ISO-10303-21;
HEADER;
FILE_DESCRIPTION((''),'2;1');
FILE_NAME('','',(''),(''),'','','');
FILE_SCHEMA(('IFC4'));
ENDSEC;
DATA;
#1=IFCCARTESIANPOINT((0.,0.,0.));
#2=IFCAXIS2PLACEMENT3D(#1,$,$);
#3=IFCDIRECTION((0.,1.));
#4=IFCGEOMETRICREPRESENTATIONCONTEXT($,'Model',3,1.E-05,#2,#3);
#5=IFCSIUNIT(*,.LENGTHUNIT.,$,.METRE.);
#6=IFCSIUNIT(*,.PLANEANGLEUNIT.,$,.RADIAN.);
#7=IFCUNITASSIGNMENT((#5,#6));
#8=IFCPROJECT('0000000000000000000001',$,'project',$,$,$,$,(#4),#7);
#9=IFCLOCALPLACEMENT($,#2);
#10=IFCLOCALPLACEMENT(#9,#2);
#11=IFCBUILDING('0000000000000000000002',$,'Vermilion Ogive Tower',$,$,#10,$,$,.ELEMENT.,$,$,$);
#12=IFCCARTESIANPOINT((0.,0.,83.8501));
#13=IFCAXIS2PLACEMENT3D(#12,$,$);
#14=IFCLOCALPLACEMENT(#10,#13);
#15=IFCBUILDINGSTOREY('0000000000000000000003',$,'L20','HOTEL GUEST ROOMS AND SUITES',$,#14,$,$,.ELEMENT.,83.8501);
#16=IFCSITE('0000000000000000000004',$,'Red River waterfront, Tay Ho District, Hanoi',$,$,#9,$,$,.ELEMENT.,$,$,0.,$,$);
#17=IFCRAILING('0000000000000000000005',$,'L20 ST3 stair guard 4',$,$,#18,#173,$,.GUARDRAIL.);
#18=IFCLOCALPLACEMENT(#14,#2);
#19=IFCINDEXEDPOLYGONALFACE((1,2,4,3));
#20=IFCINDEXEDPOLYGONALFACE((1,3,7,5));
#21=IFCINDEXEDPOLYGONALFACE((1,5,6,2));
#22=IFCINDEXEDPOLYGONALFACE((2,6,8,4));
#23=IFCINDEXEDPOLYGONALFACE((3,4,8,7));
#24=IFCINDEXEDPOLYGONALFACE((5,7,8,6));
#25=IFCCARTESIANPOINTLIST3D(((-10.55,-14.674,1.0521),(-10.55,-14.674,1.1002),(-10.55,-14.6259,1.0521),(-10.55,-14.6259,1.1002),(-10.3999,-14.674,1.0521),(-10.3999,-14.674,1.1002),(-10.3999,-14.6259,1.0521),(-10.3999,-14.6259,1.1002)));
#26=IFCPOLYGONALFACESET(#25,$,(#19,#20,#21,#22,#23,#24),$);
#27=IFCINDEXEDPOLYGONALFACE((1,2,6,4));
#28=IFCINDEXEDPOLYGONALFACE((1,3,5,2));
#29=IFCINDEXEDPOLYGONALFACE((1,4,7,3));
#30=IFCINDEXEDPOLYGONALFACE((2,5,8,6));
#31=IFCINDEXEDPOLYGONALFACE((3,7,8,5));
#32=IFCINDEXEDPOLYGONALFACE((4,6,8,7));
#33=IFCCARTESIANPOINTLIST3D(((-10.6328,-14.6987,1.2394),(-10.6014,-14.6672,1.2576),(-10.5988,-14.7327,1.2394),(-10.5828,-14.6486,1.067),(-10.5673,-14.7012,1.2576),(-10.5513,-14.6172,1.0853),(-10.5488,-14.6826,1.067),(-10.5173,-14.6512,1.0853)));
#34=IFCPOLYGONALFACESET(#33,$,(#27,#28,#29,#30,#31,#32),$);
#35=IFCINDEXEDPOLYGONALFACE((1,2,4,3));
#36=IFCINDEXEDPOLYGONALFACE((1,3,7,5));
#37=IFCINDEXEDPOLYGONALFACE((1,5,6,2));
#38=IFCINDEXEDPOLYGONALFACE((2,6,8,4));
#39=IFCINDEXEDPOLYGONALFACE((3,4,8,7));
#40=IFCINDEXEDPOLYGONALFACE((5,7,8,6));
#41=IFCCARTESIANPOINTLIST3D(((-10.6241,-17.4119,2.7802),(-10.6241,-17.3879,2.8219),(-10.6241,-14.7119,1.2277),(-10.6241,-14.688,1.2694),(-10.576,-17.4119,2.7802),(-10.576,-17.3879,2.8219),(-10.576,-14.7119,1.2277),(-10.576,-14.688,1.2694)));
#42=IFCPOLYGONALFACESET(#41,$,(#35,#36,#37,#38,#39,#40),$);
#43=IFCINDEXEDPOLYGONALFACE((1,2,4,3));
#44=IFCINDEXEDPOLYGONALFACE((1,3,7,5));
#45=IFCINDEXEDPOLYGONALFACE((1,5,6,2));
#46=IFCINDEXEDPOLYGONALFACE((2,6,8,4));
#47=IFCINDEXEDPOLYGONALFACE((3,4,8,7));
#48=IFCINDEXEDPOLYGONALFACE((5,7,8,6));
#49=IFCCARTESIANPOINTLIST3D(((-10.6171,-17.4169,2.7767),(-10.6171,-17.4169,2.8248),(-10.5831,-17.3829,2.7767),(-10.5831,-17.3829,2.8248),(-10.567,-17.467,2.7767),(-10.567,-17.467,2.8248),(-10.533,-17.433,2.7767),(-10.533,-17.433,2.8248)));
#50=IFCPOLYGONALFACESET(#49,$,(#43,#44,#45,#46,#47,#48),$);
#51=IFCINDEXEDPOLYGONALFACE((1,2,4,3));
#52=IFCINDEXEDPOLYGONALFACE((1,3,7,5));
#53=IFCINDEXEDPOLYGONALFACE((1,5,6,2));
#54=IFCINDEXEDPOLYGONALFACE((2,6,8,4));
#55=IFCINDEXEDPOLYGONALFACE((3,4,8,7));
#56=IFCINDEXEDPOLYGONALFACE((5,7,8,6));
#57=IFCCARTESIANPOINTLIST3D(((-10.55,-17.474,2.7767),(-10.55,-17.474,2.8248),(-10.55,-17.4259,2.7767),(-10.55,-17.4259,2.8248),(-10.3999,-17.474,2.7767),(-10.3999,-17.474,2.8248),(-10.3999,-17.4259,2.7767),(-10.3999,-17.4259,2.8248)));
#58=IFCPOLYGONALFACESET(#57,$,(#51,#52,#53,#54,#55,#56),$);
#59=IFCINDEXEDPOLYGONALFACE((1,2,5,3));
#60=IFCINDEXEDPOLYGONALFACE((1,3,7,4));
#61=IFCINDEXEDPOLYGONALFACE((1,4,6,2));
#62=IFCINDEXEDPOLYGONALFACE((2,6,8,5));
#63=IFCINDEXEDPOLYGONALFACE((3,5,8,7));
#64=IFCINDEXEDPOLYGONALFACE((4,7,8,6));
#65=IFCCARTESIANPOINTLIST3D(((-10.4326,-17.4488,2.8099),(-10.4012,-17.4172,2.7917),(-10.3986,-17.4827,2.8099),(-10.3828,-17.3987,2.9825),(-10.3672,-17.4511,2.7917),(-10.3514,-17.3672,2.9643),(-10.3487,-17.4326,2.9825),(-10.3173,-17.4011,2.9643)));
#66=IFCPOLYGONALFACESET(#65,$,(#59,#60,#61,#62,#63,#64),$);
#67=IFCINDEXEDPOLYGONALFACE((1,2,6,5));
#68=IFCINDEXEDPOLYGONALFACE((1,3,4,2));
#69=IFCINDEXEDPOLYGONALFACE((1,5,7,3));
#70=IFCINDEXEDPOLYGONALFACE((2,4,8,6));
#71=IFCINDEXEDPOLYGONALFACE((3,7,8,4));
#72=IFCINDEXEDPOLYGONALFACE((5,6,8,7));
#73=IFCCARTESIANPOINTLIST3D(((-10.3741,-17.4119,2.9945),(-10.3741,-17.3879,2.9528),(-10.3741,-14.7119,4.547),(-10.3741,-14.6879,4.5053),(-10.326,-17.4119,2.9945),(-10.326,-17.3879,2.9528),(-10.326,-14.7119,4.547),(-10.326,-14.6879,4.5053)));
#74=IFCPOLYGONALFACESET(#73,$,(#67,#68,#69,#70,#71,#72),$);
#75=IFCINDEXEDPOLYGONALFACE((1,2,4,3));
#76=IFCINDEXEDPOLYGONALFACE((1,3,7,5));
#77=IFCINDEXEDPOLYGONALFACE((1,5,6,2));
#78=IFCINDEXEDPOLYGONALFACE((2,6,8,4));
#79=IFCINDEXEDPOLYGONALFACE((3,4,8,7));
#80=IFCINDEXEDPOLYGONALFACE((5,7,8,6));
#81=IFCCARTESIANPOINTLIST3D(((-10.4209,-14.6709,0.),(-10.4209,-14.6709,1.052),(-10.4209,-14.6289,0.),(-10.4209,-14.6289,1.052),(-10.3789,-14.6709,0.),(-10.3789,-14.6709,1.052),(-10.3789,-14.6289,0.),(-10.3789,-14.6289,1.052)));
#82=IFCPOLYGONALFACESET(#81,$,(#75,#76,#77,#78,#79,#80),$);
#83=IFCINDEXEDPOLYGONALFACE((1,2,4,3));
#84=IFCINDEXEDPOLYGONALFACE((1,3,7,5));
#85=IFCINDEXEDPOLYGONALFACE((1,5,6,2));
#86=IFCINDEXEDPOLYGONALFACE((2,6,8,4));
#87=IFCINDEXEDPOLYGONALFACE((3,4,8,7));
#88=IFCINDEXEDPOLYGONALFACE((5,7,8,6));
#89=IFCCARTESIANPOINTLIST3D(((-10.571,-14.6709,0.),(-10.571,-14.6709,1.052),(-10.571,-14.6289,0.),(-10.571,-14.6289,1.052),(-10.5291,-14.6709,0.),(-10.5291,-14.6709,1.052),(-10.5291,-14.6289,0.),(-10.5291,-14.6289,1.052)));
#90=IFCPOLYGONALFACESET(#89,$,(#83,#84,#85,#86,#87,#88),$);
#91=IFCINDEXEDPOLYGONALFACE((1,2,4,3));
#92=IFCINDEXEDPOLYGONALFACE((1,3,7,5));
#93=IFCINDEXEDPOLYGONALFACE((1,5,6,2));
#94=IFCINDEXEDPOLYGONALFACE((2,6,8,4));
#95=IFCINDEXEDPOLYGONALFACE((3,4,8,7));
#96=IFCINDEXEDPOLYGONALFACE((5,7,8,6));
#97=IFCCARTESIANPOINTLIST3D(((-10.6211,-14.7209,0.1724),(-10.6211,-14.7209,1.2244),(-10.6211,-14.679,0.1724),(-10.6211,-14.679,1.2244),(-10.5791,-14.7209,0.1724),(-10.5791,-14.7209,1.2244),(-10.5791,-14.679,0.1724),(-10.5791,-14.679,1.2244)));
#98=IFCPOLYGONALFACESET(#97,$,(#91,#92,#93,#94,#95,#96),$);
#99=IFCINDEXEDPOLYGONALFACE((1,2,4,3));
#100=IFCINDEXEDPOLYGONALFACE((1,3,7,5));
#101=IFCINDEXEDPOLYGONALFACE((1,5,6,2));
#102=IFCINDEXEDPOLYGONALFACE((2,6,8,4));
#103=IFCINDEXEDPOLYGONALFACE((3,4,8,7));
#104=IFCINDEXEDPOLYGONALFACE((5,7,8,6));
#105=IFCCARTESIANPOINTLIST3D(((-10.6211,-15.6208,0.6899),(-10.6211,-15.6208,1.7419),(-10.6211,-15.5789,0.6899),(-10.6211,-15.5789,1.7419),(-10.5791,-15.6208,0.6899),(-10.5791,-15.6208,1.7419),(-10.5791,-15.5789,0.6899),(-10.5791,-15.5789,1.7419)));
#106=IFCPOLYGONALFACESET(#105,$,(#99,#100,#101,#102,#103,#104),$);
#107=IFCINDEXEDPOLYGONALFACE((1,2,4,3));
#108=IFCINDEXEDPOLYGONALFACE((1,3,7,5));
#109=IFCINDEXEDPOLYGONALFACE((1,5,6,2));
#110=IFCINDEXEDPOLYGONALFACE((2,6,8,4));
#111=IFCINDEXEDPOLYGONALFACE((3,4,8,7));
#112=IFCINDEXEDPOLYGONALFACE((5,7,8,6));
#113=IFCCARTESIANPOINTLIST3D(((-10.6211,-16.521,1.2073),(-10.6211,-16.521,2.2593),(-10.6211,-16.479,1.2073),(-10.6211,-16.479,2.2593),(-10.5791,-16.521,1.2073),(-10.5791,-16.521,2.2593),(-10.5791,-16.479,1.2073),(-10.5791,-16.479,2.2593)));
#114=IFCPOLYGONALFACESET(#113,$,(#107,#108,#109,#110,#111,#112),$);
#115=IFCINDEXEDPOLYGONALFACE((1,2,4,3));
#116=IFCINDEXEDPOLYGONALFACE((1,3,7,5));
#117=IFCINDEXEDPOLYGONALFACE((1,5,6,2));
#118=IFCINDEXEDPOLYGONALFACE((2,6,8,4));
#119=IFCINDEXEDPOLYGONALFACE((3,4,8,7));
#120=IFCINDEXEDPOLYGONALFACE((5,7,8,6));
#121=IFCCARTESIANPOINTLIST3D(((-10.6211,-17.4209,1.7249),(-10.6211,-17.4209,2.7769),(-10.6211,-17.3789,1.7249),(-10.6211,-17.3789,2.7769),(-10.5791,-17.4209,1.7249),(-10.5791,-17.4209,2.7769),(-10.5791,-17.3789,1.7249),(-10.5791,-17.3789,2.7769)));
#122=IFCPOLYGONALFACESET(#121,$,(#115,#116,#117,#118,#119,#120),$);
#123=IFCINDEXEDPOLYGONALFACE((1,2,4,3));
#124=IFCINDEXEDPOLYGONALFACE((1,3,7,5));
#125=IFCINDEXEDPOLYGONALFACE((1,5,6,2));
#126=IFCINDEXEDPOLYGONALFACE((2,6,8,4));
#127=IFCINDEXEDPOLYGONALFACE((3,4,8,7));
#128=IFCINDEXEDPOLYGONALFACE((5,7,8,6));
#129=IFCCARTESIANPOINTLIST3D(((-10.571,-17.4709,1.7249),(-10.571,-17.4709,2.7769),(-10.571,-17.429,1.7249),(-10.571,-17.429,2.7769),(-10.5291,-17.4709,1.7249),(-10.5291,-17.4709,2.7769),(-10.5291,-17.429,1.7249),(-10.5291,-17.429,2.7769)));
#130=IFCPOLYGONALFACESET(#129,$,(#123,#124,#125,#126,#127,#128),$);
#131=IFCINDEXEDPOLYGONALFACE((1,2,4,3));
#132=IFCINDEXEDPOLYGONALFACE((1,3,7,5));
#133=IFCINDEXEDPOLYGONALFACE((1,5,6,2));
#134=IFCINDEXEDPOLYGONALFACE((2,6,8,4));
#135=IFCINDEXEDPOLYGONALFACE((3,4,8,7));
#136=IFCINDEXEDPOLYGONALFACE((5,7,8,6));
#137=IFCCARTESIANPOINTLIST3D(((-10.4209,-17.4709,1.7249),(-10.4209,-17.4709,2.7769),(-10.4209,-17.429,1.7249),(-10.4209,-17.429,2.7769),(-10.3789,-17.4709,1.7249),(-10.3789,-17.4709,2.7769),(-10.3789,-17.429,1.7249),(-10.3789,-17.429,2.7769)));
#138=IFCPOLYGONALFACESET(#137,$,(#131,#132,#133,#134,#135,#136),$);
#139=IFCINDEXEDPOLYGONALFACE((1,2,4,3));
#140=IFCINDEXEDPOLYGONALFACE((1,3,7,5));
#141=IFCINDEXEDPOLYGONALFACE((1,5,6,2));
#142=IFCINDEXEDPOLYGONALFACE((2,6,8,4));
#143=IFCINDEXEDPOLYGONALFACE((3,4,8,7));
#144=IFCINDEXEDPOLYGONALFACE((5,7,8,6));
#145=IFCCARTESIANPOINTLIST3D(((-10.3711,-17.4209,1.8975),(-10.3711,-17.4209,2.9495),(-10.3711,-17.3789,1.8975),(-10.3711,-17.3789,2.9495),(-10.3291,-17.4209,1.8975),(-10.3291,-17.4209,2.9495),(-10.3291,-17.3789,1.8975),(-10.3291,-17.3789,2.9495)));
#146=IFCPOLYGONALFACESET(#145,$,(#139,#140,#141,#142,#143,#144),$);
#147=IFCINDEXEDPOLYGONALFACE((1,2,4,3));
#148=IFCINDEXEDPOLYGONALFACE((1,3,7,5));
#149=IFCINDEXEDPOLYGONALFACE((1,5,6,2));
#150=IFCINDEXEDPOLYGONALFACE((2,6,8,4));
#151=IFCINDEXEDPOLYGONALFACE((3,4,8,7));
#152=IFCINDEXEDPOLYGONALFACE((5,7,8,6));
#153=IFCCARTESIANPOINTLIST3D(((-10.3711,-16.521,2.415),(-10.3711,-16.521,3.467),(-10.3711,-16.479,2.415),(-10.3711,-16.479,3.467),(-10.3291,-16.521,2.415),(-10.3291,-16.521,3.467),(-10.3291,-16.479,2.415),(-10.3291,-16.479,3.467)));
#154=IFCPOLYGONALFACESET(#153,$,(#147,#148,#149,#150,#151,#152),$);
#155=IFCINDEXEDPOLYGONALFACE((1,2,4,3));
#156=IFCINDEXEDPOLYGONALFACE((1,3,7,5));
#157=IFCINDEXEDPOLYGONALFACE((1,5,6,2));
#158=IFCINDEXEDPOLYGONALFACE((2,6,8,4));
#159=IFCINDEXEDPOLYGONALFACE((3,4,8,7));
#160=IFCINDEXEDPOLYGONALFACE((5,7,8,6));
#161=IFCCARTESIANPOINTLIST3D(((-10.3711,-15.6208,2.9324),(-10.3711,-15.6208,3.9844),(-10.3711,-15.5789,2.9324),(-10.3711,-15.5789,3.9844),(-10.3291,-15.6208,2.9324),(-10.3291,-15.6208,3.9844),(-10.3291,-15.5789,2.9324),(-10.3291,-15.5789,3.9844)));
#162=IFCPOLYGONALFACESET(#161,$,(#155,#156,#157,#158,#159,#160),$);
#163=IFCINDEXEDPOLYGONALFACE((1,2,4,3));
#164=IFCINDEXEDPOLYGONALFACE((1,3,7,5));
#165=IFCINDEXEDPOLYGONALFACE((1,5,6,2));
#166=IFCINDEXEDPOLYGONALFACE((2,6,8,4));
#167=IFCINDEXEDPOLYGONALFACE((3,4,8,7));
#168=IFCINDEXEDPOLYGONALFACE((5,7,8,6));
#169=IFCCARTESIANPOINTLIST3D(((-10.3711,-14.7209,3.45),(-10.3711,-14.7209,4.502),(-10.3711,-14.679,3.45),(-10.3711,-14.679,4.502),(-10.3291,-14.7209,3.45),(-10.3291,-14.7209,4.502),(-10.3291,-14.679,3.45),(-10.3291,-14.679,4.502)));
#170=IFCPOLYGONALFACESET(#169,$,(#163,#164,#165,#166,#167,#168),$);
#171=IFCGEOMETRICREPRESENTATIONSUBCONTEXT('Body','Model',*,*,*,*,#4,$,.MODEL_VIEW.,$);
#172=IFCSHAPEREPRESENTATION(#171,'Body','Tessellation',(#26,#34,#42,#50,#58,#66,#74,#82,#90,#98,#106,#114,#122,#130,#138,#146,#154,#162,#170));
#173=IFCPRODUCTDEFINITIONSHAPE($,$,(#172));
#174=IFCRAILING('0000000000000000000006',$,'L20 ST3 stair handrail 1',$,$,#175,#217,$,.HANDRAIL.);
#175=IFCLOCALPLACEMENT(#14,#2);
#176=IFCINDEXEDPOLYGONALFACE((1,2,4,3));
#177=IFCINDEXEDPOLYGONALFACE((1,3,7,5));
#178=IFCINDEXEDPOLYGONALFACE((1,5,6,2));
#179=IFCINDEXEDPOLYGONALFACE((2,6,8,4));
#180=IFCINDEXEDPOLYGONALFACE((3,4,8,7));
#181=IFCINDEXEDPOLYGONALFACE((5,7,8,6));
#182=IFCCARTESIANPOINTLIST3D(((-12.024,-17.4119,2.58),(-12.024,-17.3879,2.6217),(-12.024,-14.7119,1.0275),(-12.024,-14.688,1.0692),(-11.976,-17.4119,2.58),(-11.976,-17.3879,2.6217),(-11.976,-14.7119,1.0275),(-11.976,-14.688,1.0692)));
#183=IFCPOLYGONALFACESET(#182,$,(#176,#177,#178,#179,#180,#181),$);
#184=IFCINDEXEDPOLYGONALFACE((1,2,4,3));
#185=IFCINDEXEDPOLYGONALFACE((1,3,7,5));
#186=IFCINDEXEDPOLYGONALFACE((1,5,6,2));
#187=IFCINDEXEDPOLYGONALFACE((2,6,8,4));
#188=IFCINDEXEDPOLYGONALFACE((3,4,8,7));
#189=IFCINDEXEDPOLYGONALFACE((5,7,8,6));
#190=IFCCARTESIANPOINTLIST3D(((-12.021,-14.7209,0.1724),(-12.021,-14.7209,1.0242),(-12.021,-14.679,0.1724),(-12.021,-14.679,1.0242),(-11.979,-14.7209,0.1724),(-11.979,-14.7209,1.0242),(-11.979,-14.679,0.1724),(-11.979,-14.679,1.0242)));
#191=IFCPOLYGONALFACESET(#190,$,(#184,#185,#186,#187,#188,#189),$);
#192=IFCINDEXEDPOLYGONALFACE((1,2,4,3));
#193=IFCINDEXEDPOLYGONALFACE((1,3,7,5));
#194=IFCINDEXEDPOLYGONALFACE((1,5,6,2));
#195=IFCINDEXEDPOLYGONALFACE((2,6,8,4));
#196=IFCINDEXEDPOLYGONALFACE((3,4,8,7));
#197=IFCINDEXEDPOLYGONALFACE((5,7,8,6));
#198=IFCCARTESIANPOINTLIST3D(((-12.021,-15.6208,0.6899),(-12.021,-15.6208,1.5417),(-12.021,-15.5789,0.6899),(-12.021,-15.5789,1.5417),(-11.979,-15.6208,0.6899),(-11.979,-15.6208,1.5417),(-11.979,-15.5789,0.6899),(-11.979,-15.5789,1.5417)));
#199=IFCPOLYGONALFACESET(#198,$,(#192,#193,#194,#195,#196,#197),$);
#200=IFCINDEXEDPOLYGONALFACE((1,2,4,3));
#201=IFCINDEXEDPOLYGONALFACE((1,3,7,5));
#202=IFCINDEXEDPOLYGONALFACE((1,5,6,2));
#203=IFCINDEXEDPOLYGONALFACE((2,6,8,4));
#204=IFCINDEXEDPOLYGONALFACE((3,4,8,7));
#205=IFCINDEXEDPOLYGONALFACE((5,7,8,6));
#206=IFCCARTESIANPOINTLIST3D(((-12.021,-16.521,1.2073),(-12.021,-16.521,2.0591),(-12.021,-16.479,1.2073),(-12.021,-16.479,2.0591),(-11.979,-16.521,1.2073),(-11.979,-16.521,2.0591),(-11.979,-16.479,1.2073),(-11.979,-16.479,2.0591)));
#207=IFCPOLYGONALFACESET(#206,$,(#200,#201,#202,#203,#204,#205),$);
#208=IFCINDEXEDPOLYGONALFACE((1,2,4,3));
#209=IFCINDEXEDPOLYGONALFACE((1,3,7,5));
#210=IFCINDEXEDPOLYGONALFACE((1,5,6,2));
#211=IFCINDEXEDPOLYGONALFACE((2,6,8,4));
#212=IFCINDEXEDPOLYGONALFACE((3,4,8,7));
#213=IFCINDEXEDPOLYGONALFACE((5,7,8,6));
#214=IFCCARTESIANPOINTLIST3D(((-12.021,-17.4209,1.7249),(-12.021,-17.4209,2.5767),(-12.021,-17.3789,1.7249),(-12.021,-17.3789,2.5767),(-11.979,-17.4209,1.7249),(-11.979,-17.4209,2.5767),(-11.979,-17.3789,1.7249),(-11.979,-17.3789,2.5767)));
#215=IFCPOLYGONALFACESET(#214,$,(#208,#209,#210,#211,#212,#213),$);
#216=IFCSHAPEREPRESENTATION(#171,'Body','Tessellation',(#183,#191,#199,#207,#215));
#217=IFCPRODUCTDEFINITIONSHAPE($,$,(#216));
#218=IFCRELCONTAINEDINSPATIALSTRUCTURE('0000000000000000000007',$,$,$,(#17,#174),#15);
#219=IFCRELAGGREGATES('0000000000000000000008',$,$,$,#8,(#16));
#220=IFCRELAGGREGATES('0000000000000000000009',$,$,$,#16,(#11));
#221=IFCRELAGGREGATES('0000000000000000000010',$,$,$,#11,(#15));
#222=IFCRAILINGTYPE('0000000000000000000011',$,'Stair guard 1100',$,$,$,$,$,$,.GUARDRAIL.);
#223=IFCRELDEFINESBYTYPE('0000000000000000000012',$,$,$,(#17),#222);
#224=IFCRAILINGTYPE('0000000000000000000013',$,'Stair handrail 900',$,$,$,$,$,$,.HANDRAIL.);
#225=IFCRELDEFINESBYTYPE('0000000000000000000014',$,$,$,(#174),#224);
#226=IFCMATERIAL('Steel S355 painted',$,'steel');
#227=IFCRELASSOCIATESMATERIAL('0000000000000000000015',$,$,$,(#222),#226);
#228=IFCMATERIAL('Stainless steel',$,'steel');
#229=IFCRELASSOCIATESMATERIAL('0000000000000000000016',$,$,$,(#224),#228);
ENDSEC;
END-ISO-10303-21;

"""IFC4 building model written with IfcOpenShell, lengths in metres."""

from ifc_helpers import new_model, si_unit, direction, frame, origin, origin_2d, place, context, subcontext, project, spatial, rectangle, extrude, material, type_object, element, save


model = new_model("IFC4")

# Units and contexts
model_context = context("Model", 3, precision=1e-05, world=origin(), true_north=direction((0.0, 1.0)))
body_context = subcontext(model_context, "Body", "Model", "MODEL_VIEW")
ifc_project = project(units=[si_unit("LENGTHUNIT", "METRE"), si_unit("PLANEANGLEUNIT", "RADIAN")], contexts=[model_context])

# Site, building, storey
site_placement = place(None, origin())
site = spatial("IfcSite", under=ifc_project, at=site_placement, Name="Red River waterfront, Tay Ho District, Hanoi", CompositionType="ELEMENT", RefElevation=0.0)
building_placement = place(site_placement, origin())
building = spatial("IfcBuilding", under=site, at=building_placement, Name="Vermilion Ogive Tower", CompositionType="ELEMENT")
storey_placement = place(building_placement, frame((0.0, 0.0, 83.8501)))
storey = spatial("IfcBuildingStorey", under=building, at=storey_placement, Name="L20", Description="HOTEL GUEST ROOMS AND SUITES", CompositionType="ELEMENT", Elevation=83.8501)

# Railings
ifc_material_1 = material(Name="Steel S355 painted", Category="steel")
railing_type_1 = type_object("IfcRailingType", Name="Stair guard 1100", PredefinedType="GUARDRAIL", material=ifc_material_1)
railing_1_placement = place(storey_placement, frame((-10.3999, -14.6499, 0.0)))
element("IfcRailing", 1, at=railing_1_placement, inside=storey, type_object=railing_type_1, Name="L20 ST3 stair guard 4", PredefinedType="GUARDRAIL", context=body_context, shape_type="SweptSolid", body=[
    extrude(rectangle(XDim=0.0481, YDim=0.0481, at=origin_2d()), frame((0.0, 0.0, 1.0762), z_axis=(-1.0, 0.0, 0.0), x_axis=(0.0, -1.0, 0.0)), (0.0, 0.0, 1.0), 0.1501),
    extrude(rectangle(XDim=0.0481, YDim=0.0481, at=origin_2d()), frame((-0.1501, 0.0, 1.0762), z_axis=(-0.268603, -0.268603, 0.925043), x_axis=(0.707107, -0.707107, 0.0)), (0.0, 0.0, 1.0), 0.1863),
    extrude(rectangle(XDim=0.0481, YDim=0.0481, at=origin_2d()), frame((-0.2002, -0.05, 1.2485), z_axis=(0.0, -0.866904, 0.498476), x_axis=(1.0, 0.0, 0.0)), (0.0, 0.0, 1.0), 3.1145),
    extrude(rectangle(XDim=0.0481, YDim=0.0481, at=origin_2d()), frame((-0.2002, -2.75, 2.8008), z_axis=(0.707107, -0.707107, 0.0), x_axis=(0.707107, 0.707107, 0.0)), (0.0, 0.0, 1.0), 0.0708),
    extrude(rectangle(XDim=0.0481, YDim=0.0481, at=origin_2d()), frame((-0.1501, -2.8, 2.8008), z_axis=(1.0, 0.0, 0.0), x_axis=(0.0, 1.0, 0.0)), (0.0, 0.0, 1.0), 0.1501),
    extrude(rectangle(XDim=0.0481, YDim=0.0481, at=origin_2d()), frame((0.0, -2.8, 2.8008), z_axis=(0.267063, 0.268372, 0.925556), x_axis=(-0.708834, 0.705376, 0.0)), (0.0, 0.0, 1.0), 0.1865),
    extrude(rectangle(XDim=0.0481, YDim=0.0481, at=origin_2d()), frame((0.0498, -2.75, 2.9736), z_axis=(0.0, 0.866904, 0.498476), x_axis=(-1.0, 0.0, 0.0)), (0.0, 0.0, 1.0), 3.1145),
    extrude(rectangle(XDim=0.042, YDim=0.042, at=origin_2d()), origin(), (0.0, 0.0, 1.0), 1.052),
    extrude(rectangle(XDim=0.042, YDim=0.042, at=origin_2d()), frame((-0.1501, 0.0, 0.0)), (0.0, 0.0, 1.0), 1.052),
    extrude(rectangle(XDim=0.042, YDim=0.042, at=origin_2d()), frame((-0.2002, -0.05, 0.1724)), (0.0, 0.0, 1.0), 1.052),
    extrude(rectangle(XDim=0.042, YDim=0.042, at=origin_2d()), frame((-0.2002, -0.95, 0.6899)), (0.0, 0.0, 1.0), 1.052),
    extrude(rectangle(XDim=0.042, YDim=0.042, at=origin_2d()), frame((-0.2002, -1.8501, 1.2073)), (0.0, 0.0, 1.0), 1.052),
    extrude(rectangle(XDim=0.042, YDim=0.042, at=origin_2d()), frame((-0.2002, -2.75, 1.7249)), (0.0, 0.0, 1.0), 1.052),
    extrude(rectangle(XDim=0.042, YDim=0.042, at=origin_2d()), frame((-0.1501, -2.8, 1.7249)), (0.0, 0.0, 1.0), 1.052),
    extrude(rectangle(XDim=0.042, YDim=0.042, at=origin_2d()), frame((0.0, -2.8, 1.7249)), (0.0, 0.0, 1.0), 1.052),
    extrude(rectangle(XDim=0.042, YDim=0.042, at=origin_2d()), frame((0.0498, -2.75, 1.8975)), (0.0, 0.0, 1.0), 1.052),
    extrude(rectangle(XDim=0.042, YDim=0.042, at=origin_2d()), frame((0.0498, -1.8501, 2.415)), (0.0, 0.0, 1.0), 1.052),
    extrude(rectangle(XDim=0.042, YDim=0.042, at=origin_2d()), frame((0.0498, -0.95, 2.9324)), (0.0, 0.0, 1.0), 1.052),
    extrude(rectangle(XDim=0.042, YDim=0.042, at=origin_2d()), frame((0.0498, -0.05, 3.45)), (0.0, 0.0, 1.0), 1.052),
])
ifc_material_2 = material(Name="Stainless steel", Category="steel")
railing_type_2 = type_object("IfcRailingType", Name="Stair handrail 900", PredefinedType="HANDRAIL", material=ifc_material_2)
railing_2_placement = place(storey_placement, frame((-12.0, -14.7, 0.1724)))
element("IfcRailing", 2, at=railing_2_placement, inside=storey, type_object=railing_type_2, Name="L20 ST3 stair handrail 1", PredefinedType="HANDRAIL", context=body_context, shape_type="SweptSolid", body=[
    extrude(rectangle(XDim=0.0481, YDim=0.0481, at=origin_2d()), frame((0.0, 0.0, 0.876), z_axis=(0.0, -0.866904, 0.498476), x_axis=(1.0, 0.0, 0.0)), (0.0, 0.0, 1.0), 3.1145),
    extrude(rectangle(XDim=0.042, YDim=0.042, at=origin_2d()), origin(), (0.0, 0.0, 1.0), 0.8518),
    extrude(rectangle(XDim=0.042, YDim=0.042, at=origin_2d()), frame((0.0, -0.8999, 0.5176)), (0.0, 0.0, 1.0), 0.8518),
    extrude(rectangle(XDim=0.042, YDim=0.042, at=origin_2d()), frame((0.0, -1.8, 1.0349)), (0.0, 0.0, 1.0), 0.8518),
    extrude(rectangle(XDim=0.042, YDim=0.042, at=origin_2d()), frame((0.0, -2.7, 1.5525)), (0.0, 0.0, 1.0), 0.8518),
])

save(model, "model.ifc")
